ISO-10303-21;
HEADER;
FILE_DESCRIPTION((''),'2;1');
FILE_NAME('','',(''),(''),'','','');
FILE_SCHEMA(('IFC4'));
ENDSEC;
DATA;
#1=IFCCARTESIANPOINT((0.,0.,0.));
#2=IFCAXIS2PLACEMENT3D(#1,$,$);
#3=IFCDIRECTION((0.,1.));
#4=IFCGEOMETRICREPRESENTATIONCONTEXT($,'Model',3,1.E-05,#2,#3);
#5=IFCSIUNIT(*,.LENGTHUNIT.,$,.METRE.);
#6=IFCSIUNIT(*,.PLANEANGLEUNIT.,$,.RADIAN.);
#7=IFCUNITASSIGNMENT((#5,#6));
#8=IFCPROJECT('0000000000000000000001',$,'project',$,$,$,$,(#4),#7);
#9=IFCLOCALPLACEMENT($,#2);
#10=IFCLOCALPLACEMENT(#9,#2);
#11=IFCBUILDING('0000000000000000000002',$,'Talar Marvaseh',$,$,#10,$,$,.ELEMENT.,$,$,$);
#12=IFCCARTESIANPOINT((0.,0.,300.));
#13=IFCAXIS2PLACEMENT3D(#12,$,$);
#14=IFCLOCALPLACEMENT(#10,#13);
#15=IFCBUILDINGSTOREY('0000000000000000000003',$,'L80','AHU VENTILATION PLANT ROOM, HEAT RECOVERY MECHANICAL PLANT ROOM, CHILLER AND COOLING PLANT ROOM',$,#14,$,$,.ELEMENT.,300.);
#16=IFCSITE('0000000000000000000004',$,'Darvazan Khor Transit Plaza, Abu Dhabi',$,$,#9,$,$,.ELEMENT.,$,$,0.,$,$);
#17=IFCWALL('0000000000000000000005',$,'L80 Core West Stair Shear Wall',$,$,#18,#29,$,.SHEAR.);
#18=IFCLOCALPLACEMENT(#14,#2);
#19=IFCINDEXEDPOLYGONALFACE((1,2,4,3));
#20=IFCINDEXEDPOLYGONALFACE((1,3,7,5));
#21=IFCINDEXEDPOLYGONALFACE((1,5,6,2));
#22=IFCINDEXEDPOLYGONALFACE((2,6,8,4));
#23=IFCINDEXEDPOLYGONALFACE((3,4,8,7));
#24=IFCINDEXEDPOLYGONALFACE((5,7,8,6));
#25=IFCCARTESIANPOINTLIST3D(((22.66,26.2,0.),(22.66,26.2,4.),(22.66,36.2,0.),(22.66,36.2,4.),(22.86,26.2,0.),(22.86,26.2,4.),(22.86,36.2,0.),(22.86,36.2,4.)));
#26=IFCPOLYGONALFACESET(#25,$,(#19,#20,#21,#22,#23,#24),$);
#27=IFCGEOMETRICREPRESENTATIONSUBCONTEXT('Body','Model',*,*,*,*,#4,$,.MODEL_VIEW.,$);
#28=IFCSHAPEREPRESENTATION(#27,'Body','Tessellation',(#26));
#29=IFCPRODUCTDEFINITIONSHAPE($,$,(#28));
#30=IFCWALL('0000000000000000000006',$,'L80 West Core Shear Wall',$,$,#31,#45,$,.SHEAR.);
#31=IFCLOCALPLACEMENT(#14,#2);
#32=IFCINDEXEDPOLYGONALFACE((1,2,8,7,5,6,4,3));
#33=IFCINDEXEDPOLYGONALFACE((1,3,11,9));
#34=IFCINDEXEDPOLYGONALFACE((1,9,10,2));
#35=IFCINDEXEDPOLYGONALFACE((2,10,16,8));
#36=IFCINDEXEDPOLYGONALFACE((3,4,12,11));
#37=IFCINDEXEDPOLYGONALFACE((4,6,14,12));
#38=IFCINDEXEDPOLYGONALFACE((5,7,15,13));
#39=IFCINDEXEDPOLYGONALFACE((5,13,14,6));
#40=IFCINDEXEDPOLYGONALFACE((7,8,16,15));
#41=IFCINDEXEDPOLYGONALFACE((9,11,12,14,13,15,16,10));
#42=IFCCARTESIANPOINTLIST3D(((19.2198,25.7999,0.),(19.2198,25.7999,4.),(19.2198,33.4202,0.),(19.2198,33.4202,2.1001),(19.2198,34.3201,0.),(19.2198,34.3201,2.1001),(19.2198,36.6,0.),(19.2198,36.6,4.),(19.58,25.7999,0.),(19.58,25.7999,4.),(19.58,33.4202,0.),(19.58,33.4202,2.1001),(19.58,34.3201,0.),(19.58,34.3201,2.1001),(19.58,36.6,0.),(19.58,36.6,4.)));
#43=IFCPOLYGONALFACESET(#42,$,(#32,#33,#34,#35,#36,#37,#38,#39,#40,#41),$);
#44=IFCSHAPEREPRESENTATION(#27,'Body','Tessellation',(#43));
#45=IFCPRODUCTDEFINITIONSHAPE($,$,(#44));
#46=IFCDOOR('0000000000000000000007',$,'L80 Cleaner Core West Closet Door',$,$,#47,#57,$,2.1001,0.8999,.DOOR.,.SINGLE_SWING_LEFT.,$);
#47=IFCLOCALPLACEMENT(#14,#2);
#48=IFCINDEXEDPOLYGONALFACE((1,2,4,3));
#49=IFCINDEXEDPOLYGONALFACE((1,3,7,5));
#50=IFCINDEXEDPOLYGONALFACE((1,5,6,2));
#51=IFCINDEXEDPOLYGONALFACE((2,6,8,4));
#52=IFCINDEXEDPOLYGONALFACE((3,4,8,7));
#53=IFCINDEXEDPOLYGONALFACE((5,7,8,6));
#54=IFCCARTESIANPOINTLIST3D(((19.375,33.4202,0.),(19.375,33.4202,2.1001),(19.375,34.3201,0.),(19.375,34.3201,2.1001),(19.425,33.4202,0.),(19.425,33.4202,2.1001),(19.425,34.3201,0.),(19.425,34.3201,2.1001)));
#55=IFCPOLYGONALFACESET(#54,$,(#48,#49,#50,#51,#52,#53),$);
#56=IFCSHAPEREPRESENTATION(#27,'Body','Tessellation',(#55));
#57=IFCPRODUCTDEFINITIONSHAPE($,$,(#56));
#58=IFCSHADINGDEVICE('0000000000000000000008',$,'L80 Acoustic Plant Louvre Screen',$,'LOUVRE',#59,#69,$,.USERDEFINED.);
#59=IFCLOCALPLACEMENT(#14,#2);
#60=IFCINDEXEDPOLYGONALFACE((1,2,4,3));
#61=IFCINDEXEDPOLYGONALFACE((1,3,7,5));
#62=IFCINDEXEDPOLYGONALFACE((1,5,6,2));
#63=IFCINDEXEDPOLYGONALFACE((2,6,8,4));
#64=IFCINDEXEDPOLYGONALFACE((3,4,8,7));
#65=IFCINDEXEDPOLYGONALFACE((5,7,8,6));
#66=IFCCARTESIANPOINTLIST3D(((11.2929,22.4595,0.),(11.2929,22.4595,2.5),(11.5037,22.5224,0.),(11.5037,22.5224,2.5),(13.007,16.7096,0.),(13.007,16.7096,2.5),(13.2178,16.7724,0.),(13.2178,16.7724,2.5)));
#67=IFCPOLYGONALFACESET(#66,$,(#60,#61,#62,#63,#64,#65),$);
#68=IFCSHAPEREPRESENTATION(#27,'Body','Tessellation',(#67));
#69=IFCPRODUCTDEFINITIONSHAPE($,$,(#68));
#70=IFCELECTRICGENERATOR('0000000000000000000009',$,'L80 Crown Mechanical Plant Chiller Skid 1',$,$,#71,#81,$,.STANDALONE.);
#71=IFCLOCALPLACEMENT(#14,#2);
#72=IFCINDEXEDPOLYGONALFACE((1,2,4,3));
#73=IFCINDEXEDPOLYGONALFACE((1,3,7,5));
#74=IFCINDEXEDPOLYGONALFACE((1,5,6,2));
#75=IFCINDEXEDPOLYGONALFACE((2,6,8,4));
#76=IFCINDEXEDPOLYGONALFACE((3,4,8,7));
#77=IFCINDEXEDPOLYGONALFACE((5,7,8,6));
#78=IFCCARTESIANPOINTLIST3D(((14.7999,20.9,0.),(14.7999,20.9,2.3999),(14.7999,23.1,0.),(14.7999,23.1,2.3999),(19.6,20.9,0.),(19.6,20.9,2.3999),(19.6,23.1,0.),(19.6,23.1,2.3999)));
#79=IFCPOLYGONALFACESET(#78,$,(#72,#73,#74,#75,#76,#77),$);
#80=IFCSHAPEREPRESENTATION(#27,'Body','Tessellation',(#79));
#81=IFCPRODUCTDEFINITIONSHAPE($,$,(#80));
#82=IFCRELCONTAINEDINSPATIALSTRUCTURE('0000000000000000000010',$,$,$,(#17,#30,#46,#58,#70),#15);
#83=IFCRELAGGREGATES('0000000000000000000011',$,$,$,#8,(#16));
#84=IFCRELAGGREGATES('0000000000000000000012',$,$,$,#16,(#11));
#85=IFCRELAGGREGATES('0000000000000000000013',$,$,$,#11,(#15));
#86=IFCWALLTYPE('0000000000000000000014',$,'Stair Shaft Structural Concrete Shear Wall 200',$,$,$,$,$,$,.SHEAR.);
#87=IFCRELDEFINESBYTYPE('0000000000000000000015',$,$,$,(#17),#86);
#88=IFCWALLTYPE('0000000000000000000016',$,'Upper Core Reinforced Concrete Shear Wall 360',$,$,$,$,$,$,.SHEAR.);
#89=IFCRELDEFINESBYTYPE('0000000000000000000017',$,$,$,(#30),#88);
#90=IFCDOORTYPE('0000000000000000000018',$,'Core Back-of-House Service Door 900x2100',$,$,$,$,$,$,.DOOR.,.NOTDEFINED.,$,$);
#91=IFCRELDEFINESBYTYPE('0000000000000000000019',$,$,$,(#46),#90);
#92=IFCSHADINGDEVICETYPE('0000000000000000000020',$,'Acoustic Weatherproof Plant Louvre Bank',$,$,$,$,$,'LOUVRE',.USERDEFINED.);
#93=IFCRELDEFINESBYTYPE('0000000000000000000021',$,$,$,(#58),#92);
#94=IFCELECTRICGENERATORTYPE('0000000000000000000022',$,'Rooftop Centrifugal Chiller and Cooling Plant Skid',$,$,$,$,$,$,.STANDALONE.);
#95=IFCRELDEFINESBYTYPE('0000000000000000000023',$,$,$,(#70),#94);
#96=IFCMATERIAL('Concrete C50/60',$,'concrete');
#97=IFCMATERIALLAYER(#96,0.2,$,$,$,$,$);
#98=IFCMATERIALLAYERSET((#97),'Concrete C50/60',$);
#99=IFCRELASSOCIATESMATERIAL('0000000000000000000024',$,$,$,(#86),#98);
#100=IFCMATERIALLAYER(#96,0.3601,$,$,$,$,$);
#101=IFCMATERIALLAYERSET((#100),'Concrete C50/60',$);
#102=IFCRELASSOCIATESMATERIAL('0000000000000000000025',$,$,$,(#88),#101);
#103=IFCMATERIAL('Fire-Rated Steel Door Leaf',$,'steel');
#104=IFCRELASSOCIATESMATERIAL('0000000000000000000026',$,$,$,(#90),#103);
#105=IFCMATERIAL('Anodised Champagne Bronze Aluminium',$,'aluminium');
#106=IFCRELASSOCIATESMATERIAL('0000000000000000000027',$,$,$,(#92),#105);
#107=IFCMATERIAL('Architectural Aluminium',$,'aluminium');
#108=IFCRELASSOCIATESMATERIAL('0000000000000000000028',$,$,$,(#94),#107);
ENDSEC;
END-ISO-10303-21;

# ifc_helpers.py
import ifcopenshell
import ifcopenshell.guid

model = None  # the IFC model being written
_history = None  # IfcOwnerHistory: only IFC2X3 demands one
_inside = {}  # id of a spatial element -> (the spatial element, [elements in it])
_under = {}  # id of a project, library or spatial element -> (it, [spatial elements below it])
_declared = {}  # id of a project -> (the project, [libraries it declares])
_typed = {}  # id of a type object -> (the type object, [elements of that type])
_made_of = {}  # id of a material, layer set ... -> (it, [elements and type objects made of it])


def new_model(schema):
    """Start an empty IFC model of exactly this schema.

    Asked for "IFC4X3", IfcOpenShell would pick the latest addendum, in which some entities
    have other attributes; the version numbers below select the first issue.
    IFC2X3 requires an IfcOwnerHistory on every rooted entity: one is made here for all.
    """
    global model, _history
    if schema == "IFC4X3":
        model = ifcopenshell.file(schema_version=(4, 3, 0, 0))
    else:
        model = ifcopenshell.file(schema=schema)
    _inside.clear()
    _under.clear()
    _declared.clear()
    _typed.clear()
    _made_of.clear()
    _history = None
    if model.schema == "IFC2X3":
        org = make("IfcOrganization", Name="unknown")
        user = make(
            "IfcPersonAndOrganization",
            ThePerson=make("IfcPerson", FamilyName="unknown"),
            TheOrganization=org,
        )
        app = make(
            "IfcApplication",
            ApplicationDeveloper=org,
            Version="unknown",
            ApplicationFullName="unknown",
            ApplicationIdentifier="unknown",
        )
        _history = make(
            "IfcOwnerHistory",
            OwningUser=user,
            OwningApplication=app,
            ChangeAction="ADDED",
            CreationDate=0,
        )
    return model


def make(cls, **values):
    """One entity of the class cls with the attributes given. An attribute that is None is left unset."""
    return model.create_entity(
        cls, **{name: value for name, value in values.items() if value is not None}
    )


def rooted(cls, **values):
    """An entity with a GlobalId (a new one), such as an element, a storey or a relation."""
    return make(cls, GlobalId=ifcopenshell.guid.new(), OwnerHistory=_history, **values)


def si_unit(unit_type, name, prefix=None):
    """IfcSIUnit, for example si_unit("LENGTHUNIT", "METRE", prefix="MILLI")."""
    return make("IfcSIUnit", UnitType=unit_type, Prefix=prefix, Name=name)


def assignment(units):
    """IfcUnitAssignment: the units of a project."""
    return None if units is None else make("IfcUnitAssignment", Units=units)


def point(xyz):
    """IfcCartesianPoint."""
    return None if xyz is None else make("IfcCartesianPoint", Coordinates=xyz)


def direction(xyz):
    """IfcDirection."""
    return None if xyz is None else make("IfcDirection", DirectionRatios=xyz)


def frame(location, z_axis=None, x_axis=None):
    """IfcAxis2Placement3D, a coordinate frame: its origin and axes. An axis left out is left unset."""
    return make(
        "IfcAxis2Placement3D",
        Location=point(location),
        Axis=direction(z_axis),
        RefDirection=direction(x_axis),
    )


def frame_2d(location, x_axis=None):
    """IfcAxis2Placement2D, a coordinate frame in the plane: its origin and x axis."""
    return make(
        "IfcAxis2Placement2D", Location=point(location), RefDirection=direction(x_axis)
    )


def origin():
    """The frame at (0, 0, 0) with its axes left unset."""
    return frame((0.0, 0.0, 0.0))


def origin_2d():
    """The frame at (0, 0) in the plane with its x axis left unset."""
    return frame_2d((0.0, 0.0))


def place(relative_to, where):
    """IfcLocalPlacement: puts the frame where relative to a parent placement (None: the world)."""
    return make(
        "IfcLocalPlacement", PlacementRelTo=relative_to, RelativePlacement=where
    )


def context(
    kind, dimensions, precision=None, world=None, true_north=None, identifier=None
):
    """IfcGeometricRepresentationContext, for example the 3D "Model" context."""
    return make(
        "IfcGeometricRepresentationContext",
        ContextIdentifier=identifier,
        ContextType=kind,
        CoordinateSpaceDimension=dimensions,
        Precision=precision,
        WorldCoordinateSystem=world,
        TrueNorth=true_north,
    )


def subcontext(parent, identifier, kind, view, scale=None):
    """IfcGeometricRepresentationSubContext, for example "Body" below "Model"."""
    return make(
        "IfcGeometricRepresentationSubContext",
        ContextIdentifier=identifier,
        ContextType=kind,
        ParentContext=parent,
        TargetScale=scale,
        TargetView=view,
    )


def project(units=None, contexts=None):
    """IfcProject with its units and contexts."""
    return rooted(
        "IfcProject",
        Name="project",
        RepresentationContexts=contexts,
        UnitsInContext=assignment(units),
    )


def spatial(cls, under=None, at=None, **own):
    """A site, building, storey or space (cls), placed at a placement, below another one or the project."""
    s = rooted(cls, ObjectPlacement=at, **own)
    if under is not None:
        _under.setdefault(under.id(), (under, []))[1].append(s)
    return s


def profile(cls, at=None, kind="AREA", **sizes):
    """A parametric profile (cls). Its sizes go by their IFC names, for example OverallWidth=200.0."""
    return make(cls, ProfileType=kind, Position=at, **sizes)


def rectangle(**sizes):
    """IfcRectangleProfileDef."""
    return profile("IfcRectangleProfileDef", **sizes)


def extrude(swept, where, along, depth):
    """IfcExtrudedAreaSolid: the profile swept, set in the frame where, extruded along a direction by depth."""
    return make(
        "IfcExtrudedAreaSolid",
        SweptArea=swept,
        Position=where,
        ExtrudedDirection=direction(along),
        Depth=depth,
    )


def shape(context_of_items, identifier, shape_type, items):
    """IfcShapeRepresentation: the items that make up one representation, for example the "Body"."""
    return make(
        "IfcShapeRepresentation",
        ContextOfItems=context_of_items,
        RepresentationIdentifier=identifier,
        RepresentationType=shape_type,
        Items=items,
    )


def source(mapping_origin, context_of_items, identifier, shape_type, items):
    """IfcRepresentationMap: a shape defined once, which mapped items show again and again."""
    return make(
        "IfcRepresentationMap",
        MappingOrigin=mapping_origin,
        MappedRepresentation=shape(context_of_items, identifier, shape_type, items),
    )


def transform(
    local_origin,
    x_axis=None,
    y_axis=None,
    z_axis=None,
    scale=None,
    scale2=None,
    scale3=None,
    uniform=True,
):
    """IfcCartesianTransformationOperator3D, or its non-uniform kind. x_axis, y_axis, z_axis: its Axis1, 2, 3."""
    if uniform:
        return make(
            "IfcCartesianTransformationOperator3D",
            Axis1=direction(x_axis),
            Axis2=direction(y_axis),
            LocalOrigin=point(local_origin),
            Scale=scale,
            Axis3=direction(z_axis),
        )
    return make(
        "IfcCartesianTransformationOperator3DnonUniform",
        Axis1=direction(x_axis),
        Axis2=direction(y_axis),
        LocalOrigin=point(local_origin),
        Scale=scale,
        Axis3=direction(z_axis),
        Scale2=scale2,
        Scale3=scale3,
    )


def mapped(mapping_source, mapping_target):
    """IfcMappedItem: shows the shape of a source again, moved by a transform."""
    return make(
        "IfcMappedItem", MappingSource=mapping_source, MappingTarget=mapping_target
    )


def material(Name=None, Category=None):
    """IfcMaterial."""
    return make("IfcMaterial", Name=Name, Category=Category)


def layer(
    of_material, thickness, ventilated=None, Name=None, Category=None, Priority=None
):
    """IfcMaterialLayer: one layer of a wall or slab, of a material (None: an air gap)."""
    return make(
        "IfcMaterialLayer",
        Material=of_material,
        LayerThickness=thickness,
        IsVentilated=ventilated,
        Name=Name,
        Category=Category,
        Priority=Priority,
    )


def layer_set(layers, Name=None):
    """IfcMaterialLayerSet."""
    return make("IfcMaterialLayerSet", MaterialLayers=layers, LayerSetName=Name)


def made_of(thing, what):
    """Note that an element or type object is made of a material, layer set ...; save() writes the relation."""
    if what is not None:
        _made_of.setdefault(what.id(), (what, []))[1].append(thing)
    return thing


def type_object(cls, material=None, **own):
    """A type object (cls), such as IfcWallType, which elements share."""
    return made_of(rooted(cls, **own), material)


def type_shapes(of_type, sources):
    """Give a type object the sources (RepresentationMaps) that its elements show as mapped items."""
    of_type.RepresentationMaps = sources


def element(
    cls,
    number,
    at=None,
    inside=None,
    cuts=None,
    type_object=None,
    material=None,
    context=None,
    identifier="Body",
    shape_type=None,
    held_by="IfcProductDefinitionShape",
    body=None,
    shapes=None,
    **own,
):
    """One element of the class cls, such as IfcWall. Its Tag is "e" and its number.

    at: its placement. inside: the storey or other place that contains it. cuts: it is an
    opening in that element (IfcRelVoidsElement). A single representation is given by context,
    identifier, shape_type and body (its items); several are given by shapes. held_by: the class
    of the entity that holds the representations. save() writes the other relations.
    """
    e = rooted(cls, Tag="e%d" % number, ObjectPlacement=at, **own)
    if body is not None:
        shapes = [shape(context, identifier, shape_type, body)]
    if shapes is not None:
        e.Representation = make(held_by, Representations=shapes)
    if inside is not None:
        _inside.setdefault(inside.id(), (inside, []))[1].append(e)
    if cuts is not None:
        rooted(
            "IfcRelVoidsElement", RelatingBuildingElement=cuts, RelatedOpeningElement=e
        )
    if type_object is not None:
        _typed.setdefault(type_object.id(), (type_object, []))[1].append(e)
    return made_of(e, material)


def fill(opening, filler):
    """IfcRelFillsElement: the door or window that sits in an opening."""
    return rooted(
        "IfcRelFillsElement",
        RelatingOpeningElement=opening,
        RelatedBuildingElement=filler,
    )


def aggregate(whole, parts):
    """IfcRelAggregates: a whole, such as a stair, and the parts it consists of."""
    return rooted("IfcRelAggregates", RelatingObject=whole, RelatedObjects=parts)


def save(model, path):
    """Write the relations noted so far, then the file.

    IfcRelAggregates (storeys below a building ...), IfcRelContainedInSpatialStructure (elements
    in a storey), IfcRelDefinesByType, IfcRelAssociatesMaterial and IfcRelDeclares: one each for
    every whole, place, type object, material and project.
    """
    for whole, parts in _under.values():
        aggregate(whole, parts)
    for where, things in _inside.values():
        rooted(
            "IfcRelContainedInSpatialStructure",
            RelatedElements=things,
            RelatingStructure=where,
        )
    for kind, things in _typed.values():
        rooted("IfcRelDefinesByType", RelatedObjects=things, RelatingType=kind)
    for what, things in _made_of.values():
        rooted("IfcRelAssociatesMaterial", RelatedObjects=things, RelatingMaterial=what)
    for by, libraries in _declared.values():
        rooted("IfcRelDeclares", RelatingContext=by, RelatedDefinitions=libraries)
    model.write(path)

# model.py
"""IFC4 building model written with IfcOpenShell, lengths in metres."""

from ifc_helpers import new_model, si_unit, direction, frame, frame_2d, origin, origin_2d, place, context, subcontext, project, spatial, rectangle, extrude, source, transform, mapped, material, layer, layer_set, type_object, type_shapes, element, fill, save


model = new_model("IFC4")

# Units and contexts
model_context = context("Model", 3, precision=1e-05, world=origin(), true_north=direction((0.0, 1.0)))
body_context = subcontext(model_context, "Body", "Model", "MODEL_VIEW")
ifc_project = project(units=[si_unit("LENGTHUNIT", "METRE"), si_unit("PLANEANGLEUNIT", "RADIAN")], contexts=[model_context])

# Site, building, storey
site_placement = place(None, origin())
site = spatial("IfcSite", under=ifc_project, at=site_placement, Name="Darvazan Khor Transit Plaza, Abu Dhabi", CompositionType="ELEMENT", RefElevation=0.0)
building_placement = place(site_placement, origin())
building = spatial("IfcBuilding", under=site, at=building_placement, Name="Talar Marvaseh", CompositionType="ELEMENT")
storey_placement = place(building_placement, frame((0.0, 0.0, 300.0)))
storey = spatial("IfcBuildingStorey", under=building, at=storey_placement, Name="L80", Description="AHU VENTILATION PLANT ROOM, HEAT RECOVERY MECHANICAL PLANT ROOM, CHILLER AND COOLING PLANT ROOM", CompositionType="ELEMENT", Elevation=300.0)

# Shared definitions
ifc_material_1 = material(Name="Concrete C50/60", Category="concrete")

# Shared definitions
ifc_material_2 = material(Name="Architectural Aluminium", Category="aluminium")

# Wall
ifc_layer_1 = layer(ifc_material_1, 0.2)
ifc_layer_set_1 = layer_set([ifc_layer_1], Name="Concrete C50/60")
wall_type_1 = type_object("IfcWallType", Name="Stair Shaft Structural Concrete Shear Wall 200", PredefinedType="SHEAR", material=ifc_layer_set_1)
wall_1_placement = place(storey_placement, frame((22.76, 26.2, 0.0), z_axis=(0.0, 0.0, 1.0), x_axis=(0.0, 1.0, 0.0)))
element("IfcWall", 1, at=wall_1_placement, inside=storey, type_object=wall_type_1, Name="L80 Core West Stair Shear Wall", PredefinedType="SHEAR", context=body_context, shape_type="SweptSolid", body=[
    extrude(rectangle(XDim=10.0, YDim=0.2, at=frame_2d((5.0, 0.0))), origin(), (0.0, 0.0, 1.0), 4.0),
])

# Wall, opening, door
ifc_layer_2 = layer(ifc_material_1, 0.3601)
ifc_layer_set_2 = layer_set([ifc_layer_2], Name="Concrete C50/60")
wall_type_2 = type_object("IfcWallType", Name="Upper Core Reinforced Concrete Shear Wall 360", PredefinedType="SHEAR", material=ifc_layer_set_2)
wall_2_placement = place(storey_placement, frame((19.3999, 25.8, 0.0), z_axis=(0.0, 0.0, 1.0), x_axis=(0.0, 1.0, 0.0)))
wall_2 = element("IfcWall", 2, at=wall_2_placement, inside=storey, type_object=wall_type_2, Name="L80 West Core Shear Wall", PredefinedType="SHEAR", context=body_context, shape_type="SweptSolid", body=[
    extrude(rectangle(XDim=10.8, YDim=0.3601, at=frame_2d((5.3999, 0.0))), origin(), (0.0, 0.0, 1.0), 4.0),
])
opening_1_placement = place(wall_2_placement, frame((7.6201, 0.0, 0.0)))
opening_1 = element("IfcOpeningElement", 3, at=opening_1_placement, cuts=wall_2, PredefinedType="OPENING", context=body_context, shape_type="SweptSolid", body=[
    extrude(rectangle(XDim=0.8999, YDim=2.1001, at=frame_2d((0.45, 1.05))), frame((0.0, 0.1899, 0.0), z_axis=(0.0, -1.0, 0.0), x_axis=(1.0, 0.0, 0.0)), (0.0, 0.0, 1.0), 0.3801),
])
ifc_material_3 = material(Name="Fire-Rated Steel Door Leaf", Category="steel")
door_type_1 = type_object("IfcDoorType", Name="Core Back-of-House Service Door 900x2100", OperationType="NOTDEFINED", PredefinedType="DOOR", material=ifc_material_3)
shared_shape_1 = source(origin(), body_context, "Body", "SweptSolid", [
    extrude(rectangle(XDim=0.8999, YDim=2.1001, at=frame_2d((0.45, 1.05))), frame((0.0, 0.0249, 0.0), z_axis=(0.0, -1.0, 0.0), x_axis=(1.0, 0.0, 0.0)), (0.0, 0.0, 1.0), 0.05),
])
type_shapes(door_type_1, [shared_shape_1])
door_1_placement = place(opening_1_placement, origin())
door_1 = element("IfcDoor", 4, at=door_1_placement, inside=storey, type_object=door_type_1, Name="L80 Cleaner Core West Closet Door", OperationType="SINGLE_SWING_LEFT", OverallHeight=2.1001, OverallWidth=0.8999, PredefinedType="DOOR", context=body_context, shape_type="MappedRepresentation", body=[
    mapped(shared_shape_1, transform((0.0, 0.0, 0.0), x_axis=(1.0, 0.0, 0.0), y_axis=(0.0, 1.0, 0.0), z_axis=(0.0, 0.0, 1.0), scale=1.0)),
])
fill(opening_1, door_1)

# Shading device
ifc_material_4 = material(Name="Anodised Champagne Bronze Aluminium", Category="aluminium")
shading_device_type = type_object("IfcShadingDeviceType", Name="Acoustic Weatherproof Plant Louvre Bank", ElementType="LOUVRE", PredefinedType="USERDEFINED", material=ifc_material_4)
shared_shape_2 = source(origin(), body_context, "Body", "SweptSolid", [
    extrude(rectangle(XDim=6.0, YDim=0.22, at=origin_2d()), origin(), (0.0, 0.0, 1.0), 2.5),
])
type_shapes(shading_device_type, [shared_shape_2])
shading_device_placement = place(storey_placement, frame((12.2554, 19.616, 0.0), z_axis=(0.0, 0.0, 1.0), x_axis=(-0.285688, 0.958323, 0.0)))
element("IfcShadingDevice", 5, at=shading_device_placement, inside=storey, type_object=shading_device_type, Name="L80 Acoustic Plant Louvre Screen", ObjectType="LOUVRE", PredefinedType="USERDEFINED", context=body_context, shape_type="MappedRepresentation", body=[
    mapped(shared_shape_2, transform((0.0, 0.0, 0.0), x_axis=(1.0, 0.0, 0.0), y_axis=(0.0, 1.0, 0.0), z_axis=(0.0, 0.0, 1.0), scale=1.0)),
])

# Electric generator
electric_generator_type = type_object("IfcElectricGeneratorType", Name="Rooftop Centrifugal Chiller and Cooling Plant Skid", PredefinedType="STANDALONE", material=ifc_material_2)
shared_shape_3 = source(origin(), body_context, "Body", "SweptSolid", [
    extrude(rectangle(XDim=4.8, YDim=2.2, at=origin_2d()), origin(), (0.0, 0.0, 1.0), 2.3999),
])
type_shapes(electric_generator_type, [shared_shape_3])
electric_generator_placement = place(storey_placement, frame((17.2, 22.0, 0.0), z_axis=(0.0, 0.0, 1.0), x_axis=(1.0, 0.0, 0.0)))
element("IfcElectricGenerator", 6, at=electric_generator_placement, inside=storey, type_object=electric_generator_type, Name="L80 Crown Mechanical Plant Chiller Skid 1", PredefinedType="STANDALONE", context=body_context, shape_type="MappedRepresentation", body=[
    mapped(shared_shape_3, transform((0.0, 0.0, 0.0), x_axis=(1.0, 0.0, 0.0), y_axis=(0.0, 1.0, 0.0), z_axis=(0.0, 0.0, 1.0), scale=1.0)),
])

save(model, "model.ifc")
